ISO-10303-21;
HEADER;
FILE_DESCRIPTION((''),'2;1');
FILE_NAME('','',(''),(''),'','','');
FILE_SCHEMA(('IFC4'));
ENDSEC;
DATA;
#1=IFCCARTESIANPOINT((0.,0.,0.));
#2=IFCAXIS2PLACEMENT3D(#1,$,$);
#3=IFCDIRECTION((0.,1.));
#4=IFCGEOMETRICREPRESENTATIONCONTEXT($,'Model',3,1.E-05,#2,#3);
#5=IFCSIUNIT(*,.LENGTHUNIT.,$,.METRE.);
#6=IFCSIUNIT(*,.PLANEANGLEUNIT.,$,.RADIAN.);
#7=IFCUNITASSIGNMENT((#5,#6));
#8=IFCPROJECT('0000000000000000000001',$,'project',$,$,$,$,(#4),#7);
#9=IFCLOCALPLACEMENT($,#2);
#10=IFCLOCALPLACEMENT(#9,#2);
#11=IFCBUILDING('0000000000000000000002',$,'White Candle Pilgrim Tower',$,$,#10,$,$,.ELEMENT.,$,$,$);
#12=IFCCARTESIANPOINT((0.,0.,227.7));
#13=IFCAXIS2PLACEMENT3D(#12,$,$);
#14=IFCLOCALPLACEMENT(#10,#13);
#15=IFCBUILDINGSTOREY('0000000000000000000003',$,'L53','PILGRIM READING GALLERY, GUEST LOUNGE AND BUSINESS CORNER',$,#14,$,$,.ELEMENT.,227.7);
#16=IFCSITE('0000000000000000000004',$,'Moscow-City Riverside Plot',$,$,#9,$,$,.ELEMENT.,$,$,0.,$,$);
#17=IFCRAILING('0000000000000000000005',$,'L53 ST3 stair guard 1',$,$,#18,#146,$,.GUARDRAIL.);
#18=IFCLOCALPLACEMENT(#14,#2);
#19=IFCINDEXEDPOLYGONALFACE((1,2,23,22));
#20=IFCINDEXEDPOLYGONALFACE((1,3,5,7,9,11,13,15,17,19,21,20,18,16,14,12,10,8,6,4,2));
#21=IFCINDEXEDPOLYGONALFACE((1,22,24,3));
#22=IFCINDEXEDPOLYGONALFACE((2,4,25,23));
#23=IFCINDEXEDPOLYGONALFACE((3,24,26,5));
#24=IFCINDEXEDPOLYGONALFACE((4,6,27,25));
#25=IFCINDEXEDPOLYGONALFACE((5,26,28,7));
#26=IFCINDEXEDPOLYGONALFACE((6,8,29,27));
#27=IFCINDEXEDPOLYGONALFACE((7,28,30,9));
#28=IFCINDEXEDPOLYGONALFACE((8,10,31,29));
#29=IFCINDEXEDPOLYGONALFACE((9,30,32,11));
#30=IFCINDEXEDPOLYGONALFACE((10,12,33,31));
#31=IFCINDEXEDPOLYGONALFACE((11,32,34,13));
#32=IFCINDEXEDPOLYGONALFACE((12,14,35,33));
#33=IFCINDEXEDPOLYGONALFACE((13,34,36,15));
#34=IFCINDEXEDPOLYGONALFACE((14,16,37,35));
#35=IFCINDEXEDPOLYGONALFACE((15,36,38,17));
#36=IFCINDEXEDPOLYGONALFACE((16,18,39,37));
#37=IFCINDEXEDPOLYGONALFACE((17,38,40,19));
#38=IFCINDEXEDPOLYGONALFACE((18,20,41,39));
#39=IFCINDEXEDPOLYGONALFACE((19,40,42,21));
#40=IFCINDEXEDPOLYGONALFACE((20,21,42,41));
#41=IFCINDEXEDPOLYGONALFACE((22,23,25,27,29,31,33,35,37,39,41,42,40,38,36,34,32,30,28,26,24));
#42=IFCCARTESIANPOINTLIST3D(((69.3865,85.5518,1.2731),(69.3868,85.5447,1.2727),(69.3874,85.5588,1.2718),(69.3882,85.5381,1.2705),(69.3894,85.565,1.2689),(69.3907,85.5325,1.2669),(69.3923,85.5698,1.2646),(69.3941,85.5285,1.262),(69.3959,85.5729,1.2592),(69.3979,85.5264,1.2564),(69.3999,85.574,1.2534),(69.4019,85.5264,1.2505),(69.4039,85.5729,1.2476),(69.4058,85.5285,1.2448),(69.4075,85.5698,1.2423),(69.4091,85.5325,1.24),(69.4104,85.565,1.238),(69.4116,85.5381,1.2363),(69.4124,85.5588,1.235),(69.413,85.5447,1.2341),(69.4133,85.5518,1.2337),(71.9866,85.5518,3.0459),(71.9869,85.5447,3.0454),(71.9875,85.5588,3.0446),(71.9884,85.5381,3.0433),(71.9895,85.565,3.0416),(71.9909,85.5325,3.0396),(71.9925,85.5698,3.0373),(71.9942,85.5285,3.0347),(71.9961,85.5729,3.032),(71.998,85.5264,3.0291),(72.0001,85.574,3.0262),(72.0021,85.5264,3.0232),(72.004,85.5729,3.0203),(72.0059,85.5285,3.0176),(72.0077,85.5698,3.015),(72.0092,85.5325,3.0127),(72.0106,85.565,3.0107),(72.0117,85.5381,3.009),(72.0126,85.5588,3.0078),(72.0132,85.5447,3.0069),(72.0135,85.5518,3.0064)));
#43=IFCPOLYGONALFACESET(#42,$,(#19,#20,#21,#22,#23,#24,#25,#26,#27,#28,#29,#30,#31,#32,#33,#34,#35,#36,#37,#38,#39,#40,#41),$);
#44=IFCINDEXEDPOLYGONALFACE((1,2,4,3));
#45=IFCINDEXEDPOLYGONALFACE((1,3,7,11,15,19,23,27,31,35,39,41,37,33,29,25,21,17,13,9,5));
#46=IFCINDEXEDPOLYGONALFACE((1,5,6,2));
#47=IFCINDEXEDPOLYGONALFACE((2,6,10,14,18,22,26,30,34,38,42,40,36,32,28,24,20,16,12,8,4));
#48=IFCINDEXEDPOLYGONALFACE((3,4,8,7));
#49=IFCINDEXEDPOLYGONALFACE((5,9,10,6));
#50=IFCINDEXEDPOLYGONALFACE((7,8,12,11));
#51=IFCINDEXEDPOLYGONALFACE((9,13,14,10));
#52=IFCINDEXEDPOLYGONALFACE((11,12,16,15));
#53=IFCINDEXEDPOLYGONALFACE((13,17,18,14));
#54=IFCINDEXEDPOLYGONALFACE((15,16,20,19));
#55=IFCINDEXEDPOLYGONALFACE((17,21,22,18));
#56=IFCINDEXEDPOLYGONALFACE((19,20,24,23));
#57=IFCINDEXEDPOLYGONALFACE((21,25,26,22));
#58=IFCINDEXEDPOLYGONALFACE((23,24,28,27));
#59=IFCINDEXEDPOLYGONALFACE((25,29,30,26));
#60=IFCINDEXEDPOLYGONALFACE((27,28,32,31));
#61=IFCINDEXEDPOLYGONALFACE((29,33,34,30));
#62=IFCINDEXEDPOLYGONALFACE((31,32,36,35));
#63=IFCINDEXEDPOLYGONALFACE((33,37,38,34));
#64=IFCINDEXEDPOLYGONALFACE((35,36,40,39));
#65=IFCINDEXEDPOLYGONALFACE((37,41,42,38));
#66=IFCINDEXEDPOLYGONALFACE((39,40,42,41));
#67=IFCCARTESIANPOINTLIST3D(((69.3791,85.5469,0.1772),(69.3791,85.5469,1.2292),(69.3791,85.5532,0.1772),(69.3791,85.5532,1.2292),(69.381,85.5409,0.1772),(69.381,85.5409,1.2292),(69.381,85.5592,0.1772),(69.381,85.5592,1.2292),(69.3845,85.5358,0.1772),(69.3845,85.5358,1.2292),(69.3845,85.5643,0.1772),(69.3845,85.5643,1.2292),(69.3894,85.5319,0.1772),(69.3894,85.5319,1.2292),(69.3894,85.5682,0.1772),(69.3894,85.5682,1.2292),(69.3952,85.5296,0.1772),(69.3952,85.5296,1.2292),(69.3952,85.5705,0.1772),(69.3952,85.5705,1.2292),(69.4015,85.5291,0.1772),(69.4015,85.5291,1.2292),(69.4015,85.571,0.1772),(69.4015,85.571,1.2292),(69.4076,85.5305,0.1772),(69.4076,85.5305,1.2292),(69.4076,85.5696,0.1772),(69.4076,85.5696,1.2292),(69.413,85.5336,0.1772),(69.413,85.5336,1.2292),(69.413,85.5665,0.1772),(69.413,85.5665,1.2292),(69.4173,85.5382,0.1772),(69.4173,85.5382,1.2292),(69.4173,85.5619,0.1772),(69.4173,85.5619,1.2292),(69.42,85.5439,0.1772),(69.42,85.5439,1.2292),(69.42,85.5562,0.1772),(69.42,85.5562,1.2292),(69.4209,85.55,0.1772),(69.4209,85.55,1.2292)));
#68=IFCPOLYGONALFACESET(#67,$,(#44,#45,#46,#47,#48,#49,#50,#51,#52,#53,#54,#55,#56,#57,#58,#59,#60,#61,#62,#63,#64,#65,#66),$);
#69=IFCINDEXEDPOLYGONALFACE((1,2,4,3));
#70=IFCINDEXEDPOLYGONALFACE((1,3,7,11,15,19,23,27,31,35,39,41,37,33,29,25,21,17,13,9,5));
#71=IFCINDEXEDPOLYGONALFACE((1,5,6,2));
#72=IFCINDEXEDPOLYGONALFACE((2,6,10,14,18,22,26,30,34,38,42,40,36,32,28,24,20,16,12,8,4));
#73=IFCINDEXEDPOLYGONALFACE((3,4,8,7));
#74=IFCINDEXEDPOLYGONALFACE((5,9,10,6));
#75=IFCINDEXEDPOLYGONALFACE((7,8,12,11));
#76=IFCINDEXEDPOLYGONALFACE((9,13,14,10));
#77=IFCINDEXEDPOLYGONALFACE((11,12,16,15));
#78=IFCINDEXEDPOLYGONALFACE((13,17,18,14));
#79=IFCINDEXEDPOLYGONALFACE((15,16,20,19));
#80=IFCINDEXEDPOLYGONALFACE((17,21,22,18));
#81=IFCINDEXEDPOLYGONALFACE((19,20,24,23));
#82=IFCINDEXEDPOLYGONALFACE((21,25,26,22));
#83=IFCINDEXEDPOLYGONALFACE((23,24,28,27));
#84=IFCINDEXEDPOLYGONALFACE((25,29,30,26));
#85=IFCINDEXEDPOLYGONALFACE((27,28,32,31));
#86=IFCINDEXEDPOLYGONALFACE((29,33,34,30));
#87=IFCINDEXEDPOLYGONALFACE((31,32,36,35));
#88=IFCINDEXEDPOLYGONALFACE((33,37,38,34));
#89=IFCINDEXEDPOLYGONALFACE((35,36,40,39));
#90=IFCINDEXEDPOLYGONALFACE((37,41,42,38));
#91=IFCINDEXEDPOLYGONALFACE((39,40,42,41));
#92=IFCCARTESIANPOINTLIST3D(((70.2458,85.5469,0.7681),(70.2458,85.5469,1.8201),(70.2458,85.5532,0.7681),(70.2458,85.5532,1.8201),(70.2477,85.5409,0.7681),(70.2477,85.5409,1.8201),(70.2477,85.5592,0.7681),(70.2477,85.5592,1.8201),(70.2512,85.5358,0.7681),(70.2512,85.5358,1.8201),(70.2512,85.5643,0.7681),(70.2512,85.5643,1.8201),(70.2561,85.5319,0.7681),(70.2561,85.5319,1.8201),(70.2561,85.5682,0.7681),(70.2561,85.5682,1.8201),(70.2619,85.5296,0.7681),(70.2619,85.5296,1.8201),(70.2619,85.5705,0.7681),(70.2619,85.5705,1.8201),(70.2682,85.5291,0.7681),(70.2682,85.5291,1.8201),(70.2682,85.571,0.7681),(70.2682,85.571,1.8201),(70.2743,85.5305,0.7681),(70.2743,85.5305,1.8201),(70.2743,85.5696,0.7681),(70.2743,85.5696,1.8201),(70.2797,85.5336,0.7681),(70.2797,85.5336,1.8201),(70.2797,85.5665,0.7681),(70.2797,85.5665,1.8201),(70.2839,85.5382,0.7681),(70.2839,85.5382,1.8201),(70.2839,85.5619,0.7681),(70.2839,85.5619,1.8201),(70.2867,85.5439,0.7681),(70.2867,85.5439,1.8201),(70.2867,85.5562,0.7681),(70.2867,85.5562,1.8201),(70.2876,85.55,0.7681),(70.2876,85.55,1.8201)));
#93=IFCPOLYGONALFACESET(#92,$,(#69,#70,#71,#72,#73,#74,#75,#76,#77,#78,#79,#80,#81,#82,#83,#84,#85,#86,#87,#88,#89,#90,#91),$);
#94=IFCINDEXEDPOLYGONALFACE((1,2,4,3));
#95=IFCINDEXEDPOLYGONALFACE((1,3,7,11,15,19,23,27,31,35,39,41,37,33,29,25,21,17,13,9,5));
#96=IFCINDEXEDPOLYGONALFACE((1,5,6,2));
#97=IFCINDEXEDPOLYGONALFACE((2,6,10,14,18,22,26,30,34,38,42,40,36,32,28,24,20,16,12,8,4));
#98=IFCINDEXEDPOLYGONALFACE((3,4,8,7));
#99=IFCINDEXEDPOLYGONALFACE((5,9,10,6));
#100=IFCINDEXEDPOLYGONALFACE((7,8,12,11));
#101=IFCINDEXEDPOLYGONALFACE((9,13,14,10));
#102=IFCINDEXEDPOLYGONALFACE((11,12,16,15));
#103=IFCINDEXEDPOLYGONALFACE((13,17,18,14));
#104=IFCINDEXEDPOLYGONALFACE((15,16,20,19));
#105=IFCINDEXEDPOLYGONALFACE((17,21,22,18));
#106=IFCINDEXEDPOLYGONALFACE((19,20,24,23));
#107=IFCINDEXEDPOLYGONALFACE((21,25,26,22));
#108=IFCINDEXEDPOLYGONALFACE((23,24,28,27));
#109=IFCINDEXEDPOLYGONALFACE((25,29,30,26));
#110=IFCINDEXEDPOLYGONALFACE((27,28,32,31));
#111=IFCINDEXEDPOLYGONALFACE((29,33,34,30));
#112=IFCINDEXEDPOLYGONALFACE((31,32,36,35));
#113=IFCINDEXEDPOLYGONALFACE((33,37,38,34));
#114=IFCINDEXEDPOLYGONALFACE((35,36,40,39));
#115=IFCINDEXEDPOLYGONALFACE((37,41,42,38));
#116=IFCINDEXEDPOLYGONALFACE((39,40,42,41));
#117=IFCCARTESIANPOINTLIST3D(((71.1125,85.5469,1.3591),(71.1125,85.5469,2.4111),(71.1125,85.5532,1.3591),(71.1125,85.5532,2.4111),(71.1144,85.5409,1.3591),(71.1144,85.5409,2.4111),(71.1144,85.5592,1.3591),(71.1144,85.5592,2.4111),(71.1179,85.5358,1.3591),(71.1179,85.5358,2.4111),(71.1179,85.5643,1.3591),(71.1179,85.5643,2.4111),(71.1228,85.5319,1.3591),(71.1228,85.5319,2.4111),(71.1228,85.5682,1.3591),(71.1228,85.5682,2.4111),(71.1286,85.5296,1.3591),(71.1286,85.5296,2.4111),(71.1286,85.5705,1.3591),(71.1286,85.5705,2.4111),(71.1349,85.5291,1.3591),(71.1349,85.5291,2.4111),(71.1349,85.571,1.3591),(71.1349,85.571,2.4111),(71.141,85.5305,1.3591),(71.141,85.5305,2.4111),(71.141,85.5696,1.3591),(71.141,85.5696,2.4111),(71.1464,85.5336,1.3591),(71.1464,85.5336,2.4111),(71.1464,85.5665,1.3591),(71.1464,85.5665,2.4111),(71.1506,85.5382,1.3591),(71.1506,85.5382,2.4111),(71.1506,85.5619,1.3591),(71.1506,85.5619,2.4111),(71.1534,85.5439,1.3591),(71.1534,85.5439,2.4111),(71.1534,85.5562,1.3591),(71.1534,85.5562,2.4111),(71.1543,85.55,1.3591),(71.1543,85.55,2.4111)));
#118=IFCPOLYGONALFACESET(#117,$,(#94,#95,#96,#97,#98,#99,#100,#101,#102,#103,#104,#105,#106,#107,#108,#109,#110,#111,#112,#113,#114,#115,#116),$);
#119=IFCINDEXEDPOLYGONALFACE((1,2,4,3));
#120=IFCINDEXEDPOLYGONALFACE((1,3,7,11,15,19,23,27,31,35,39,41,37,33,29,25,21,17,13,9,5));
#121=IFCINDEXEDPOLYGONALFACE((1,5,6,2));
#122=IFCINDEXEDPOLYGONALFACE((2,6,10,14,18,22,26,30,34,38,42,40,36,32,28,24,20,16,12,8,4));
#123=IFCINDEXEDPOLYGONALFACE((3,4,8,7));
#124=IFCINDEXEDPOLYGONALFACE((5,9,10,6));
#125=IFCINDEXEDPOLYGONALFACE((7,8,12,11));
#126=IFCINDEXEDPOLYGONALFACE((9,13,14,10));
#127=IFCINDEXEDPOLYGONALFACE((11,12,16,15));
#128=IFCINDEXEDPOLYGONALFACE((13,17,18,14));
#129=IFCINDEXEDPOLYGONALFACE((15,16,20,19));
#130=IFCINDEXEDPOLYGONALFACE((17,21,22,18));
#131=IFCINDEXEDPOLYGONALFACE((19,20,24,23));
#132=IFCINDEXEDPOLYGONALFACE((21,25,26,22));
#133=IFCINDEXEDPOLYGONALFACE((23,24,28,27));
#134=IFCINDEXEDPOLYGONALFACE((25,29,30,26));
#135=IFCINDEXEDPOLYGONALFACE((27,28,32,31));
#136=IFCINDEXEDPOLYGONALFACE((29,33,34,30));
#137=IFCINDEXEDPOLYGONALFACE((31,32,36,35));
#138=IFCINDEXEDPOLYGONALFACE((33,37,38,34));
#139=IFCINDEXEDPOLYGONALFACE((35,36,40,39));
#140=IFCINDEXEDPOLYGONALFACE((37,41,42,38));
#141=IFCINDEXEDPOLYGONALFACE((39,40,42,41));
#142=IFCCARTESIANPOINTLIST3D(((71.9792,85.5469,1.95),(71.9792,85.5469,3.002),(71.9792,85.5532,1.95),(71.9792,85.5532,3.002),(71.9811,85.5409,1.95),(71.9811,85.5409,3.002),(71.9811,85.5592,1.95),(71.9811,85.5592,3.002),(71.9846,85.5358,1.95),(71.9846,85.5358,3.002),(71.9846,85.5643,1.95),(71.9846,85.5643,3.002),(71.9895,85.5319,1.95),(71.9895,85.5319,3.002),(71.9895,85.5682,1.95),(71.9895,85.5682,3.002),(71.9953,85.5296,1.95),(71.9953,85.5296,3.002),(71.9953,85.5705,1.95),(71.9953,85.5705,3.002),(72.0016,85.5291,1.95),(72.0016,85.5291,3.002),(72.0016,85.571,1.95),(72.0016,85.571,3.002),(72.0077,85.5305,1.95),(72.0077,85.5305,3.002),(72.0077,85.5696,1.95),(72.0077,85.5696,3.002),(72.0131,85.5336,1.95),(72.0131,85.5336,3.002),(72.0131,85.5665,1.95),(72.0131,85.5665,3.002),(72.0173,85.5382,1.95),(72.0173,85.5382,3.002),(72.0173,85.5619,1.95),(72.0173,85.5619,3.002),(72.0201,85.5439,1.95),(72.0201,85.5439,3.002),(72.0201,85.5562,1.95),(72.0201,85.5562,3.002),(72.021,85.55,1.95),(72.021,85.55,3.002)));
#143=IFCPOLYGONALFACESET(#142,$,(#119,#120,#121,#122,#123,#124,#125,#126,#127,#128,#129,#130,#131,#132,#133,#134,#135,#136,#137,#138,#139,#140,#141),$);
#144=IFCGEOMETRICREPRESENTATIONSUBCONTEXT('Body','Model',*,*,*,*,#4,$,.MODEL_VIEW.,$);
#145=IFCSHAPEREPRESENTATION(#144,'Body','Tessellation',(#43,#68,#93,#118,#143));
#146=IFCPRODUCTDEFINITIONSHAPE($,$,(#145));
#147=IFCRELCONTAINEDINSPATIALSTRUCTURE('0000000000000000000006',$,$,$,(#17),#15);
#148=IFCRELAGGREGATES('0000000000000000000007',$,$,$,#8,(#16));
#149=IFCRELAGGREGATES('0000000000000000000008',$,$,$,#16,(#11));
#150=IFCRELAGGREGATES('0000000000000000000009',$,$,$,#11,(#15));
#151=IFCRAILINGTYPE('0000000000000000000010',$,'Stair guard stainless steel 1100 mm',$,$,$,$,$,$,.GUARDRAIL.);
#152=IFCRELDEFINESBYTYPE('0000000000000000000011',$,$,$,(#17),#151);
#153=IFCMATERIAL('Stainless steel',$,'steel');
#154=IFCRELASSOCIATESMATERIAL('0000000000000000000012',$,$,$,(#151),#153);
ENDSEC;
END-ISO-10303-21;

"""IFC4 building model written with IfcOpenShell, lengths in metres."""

from ifc_helpers import new_model, si_unit, direction, frame, origin, origin_2d, place, context, subcontext, project, spatial, circle, extrude, material, type_object, element, save


model = new_model("IFC4")

# Units and contexts
model_context = context("Model", 3, precision=1e-05, world=origin(), true_north=direction((0.0, 1.0)))
body_context = subcontext(model_context, "Body", "Model", "MODEL_VIEW")
ifc_project = project(units=[si_unit("LENGTHUNIT", "METRE"), si_unit("PLANEANGLEUNIT", "RADIAN")], contexts=[model_context])

# Site, building, storey
site_placement = place(None, origin())
site = spatial("IfcSite", under=ifc_project, at=site_placement, Name="Moscow-City Riverside Plot", CompositionType="ELEMENT", RefElevation=0.0)
building_placement = place(site_placement, origin())
building = spatial("IfcBuilding", under=site, at=building_placement, Name="White Candle Pilgrim Tower", CompositionType="ELEMENT")
storey_placement = place(building_placement, frame((0.0, 0.0, 227.7)))
storey = spatial("IfcBuildingStorey", under=building, at=storey_placement, Name="L53", Description="PILGRIM READING GALLERY, GUEST LOUNGE AND BUSINESS CORNER", CompositionType="ELEMENT", Elevation=227.7)

# Shared definitions
ifc_material_1 = material(Name="Stainless steel", Category="steel")

# Railing
railing_type_1 = type_object("IfcRailingType", Name="Stair guard stainless steel 1100 mm", PredefinedType="GUARDRAIL", material=ifc_material_1)
railing_1_placement = place(storey_placement, frame((69.3999, 85.55, 0.1772)))
element("IfcRailing", 1, at=railing_1_placement, inside=storey, type_object=railing_type_1, Name="L53 ST3 stair guard 1", PredefinedType="GUARDRAIL", context=body_context, shape_type="SweptSolid", body=[
    extrude(circle(Radius=0.0239, at=origin_2d()), frame((0.0, 0.0, 1.0762), z_axis=(0.82624, 0.0, 0.563318), x_axis=(0.0, 1.0, 0.0)), (0.0, 0.0, 1.0), 3.147),
    extrude(circle(Radius=0.021, at=origin_2d()), origin(), (0.0, 0.0, 1.0), 1.052),
    extrude(circle(Radius=0.021, at=origin_2d()), frame((0.8667, 0.0, 0.5908)), (0.0, 0.0, 1.0), 1.052),
    extrude(circle(Radius=0.021, at=origin_2d()), frame((1.7334, 0.0, 1.1819)), (0.0, 0.0, 1.0), 1.052),
    extrude(circle(Radius=0.021, at=origin_2d()), frame((2.6001, 0.0, 1.7727)), (0.0, 0.0, 1.0), 1.052),
])

save(model, "model.ifc")
